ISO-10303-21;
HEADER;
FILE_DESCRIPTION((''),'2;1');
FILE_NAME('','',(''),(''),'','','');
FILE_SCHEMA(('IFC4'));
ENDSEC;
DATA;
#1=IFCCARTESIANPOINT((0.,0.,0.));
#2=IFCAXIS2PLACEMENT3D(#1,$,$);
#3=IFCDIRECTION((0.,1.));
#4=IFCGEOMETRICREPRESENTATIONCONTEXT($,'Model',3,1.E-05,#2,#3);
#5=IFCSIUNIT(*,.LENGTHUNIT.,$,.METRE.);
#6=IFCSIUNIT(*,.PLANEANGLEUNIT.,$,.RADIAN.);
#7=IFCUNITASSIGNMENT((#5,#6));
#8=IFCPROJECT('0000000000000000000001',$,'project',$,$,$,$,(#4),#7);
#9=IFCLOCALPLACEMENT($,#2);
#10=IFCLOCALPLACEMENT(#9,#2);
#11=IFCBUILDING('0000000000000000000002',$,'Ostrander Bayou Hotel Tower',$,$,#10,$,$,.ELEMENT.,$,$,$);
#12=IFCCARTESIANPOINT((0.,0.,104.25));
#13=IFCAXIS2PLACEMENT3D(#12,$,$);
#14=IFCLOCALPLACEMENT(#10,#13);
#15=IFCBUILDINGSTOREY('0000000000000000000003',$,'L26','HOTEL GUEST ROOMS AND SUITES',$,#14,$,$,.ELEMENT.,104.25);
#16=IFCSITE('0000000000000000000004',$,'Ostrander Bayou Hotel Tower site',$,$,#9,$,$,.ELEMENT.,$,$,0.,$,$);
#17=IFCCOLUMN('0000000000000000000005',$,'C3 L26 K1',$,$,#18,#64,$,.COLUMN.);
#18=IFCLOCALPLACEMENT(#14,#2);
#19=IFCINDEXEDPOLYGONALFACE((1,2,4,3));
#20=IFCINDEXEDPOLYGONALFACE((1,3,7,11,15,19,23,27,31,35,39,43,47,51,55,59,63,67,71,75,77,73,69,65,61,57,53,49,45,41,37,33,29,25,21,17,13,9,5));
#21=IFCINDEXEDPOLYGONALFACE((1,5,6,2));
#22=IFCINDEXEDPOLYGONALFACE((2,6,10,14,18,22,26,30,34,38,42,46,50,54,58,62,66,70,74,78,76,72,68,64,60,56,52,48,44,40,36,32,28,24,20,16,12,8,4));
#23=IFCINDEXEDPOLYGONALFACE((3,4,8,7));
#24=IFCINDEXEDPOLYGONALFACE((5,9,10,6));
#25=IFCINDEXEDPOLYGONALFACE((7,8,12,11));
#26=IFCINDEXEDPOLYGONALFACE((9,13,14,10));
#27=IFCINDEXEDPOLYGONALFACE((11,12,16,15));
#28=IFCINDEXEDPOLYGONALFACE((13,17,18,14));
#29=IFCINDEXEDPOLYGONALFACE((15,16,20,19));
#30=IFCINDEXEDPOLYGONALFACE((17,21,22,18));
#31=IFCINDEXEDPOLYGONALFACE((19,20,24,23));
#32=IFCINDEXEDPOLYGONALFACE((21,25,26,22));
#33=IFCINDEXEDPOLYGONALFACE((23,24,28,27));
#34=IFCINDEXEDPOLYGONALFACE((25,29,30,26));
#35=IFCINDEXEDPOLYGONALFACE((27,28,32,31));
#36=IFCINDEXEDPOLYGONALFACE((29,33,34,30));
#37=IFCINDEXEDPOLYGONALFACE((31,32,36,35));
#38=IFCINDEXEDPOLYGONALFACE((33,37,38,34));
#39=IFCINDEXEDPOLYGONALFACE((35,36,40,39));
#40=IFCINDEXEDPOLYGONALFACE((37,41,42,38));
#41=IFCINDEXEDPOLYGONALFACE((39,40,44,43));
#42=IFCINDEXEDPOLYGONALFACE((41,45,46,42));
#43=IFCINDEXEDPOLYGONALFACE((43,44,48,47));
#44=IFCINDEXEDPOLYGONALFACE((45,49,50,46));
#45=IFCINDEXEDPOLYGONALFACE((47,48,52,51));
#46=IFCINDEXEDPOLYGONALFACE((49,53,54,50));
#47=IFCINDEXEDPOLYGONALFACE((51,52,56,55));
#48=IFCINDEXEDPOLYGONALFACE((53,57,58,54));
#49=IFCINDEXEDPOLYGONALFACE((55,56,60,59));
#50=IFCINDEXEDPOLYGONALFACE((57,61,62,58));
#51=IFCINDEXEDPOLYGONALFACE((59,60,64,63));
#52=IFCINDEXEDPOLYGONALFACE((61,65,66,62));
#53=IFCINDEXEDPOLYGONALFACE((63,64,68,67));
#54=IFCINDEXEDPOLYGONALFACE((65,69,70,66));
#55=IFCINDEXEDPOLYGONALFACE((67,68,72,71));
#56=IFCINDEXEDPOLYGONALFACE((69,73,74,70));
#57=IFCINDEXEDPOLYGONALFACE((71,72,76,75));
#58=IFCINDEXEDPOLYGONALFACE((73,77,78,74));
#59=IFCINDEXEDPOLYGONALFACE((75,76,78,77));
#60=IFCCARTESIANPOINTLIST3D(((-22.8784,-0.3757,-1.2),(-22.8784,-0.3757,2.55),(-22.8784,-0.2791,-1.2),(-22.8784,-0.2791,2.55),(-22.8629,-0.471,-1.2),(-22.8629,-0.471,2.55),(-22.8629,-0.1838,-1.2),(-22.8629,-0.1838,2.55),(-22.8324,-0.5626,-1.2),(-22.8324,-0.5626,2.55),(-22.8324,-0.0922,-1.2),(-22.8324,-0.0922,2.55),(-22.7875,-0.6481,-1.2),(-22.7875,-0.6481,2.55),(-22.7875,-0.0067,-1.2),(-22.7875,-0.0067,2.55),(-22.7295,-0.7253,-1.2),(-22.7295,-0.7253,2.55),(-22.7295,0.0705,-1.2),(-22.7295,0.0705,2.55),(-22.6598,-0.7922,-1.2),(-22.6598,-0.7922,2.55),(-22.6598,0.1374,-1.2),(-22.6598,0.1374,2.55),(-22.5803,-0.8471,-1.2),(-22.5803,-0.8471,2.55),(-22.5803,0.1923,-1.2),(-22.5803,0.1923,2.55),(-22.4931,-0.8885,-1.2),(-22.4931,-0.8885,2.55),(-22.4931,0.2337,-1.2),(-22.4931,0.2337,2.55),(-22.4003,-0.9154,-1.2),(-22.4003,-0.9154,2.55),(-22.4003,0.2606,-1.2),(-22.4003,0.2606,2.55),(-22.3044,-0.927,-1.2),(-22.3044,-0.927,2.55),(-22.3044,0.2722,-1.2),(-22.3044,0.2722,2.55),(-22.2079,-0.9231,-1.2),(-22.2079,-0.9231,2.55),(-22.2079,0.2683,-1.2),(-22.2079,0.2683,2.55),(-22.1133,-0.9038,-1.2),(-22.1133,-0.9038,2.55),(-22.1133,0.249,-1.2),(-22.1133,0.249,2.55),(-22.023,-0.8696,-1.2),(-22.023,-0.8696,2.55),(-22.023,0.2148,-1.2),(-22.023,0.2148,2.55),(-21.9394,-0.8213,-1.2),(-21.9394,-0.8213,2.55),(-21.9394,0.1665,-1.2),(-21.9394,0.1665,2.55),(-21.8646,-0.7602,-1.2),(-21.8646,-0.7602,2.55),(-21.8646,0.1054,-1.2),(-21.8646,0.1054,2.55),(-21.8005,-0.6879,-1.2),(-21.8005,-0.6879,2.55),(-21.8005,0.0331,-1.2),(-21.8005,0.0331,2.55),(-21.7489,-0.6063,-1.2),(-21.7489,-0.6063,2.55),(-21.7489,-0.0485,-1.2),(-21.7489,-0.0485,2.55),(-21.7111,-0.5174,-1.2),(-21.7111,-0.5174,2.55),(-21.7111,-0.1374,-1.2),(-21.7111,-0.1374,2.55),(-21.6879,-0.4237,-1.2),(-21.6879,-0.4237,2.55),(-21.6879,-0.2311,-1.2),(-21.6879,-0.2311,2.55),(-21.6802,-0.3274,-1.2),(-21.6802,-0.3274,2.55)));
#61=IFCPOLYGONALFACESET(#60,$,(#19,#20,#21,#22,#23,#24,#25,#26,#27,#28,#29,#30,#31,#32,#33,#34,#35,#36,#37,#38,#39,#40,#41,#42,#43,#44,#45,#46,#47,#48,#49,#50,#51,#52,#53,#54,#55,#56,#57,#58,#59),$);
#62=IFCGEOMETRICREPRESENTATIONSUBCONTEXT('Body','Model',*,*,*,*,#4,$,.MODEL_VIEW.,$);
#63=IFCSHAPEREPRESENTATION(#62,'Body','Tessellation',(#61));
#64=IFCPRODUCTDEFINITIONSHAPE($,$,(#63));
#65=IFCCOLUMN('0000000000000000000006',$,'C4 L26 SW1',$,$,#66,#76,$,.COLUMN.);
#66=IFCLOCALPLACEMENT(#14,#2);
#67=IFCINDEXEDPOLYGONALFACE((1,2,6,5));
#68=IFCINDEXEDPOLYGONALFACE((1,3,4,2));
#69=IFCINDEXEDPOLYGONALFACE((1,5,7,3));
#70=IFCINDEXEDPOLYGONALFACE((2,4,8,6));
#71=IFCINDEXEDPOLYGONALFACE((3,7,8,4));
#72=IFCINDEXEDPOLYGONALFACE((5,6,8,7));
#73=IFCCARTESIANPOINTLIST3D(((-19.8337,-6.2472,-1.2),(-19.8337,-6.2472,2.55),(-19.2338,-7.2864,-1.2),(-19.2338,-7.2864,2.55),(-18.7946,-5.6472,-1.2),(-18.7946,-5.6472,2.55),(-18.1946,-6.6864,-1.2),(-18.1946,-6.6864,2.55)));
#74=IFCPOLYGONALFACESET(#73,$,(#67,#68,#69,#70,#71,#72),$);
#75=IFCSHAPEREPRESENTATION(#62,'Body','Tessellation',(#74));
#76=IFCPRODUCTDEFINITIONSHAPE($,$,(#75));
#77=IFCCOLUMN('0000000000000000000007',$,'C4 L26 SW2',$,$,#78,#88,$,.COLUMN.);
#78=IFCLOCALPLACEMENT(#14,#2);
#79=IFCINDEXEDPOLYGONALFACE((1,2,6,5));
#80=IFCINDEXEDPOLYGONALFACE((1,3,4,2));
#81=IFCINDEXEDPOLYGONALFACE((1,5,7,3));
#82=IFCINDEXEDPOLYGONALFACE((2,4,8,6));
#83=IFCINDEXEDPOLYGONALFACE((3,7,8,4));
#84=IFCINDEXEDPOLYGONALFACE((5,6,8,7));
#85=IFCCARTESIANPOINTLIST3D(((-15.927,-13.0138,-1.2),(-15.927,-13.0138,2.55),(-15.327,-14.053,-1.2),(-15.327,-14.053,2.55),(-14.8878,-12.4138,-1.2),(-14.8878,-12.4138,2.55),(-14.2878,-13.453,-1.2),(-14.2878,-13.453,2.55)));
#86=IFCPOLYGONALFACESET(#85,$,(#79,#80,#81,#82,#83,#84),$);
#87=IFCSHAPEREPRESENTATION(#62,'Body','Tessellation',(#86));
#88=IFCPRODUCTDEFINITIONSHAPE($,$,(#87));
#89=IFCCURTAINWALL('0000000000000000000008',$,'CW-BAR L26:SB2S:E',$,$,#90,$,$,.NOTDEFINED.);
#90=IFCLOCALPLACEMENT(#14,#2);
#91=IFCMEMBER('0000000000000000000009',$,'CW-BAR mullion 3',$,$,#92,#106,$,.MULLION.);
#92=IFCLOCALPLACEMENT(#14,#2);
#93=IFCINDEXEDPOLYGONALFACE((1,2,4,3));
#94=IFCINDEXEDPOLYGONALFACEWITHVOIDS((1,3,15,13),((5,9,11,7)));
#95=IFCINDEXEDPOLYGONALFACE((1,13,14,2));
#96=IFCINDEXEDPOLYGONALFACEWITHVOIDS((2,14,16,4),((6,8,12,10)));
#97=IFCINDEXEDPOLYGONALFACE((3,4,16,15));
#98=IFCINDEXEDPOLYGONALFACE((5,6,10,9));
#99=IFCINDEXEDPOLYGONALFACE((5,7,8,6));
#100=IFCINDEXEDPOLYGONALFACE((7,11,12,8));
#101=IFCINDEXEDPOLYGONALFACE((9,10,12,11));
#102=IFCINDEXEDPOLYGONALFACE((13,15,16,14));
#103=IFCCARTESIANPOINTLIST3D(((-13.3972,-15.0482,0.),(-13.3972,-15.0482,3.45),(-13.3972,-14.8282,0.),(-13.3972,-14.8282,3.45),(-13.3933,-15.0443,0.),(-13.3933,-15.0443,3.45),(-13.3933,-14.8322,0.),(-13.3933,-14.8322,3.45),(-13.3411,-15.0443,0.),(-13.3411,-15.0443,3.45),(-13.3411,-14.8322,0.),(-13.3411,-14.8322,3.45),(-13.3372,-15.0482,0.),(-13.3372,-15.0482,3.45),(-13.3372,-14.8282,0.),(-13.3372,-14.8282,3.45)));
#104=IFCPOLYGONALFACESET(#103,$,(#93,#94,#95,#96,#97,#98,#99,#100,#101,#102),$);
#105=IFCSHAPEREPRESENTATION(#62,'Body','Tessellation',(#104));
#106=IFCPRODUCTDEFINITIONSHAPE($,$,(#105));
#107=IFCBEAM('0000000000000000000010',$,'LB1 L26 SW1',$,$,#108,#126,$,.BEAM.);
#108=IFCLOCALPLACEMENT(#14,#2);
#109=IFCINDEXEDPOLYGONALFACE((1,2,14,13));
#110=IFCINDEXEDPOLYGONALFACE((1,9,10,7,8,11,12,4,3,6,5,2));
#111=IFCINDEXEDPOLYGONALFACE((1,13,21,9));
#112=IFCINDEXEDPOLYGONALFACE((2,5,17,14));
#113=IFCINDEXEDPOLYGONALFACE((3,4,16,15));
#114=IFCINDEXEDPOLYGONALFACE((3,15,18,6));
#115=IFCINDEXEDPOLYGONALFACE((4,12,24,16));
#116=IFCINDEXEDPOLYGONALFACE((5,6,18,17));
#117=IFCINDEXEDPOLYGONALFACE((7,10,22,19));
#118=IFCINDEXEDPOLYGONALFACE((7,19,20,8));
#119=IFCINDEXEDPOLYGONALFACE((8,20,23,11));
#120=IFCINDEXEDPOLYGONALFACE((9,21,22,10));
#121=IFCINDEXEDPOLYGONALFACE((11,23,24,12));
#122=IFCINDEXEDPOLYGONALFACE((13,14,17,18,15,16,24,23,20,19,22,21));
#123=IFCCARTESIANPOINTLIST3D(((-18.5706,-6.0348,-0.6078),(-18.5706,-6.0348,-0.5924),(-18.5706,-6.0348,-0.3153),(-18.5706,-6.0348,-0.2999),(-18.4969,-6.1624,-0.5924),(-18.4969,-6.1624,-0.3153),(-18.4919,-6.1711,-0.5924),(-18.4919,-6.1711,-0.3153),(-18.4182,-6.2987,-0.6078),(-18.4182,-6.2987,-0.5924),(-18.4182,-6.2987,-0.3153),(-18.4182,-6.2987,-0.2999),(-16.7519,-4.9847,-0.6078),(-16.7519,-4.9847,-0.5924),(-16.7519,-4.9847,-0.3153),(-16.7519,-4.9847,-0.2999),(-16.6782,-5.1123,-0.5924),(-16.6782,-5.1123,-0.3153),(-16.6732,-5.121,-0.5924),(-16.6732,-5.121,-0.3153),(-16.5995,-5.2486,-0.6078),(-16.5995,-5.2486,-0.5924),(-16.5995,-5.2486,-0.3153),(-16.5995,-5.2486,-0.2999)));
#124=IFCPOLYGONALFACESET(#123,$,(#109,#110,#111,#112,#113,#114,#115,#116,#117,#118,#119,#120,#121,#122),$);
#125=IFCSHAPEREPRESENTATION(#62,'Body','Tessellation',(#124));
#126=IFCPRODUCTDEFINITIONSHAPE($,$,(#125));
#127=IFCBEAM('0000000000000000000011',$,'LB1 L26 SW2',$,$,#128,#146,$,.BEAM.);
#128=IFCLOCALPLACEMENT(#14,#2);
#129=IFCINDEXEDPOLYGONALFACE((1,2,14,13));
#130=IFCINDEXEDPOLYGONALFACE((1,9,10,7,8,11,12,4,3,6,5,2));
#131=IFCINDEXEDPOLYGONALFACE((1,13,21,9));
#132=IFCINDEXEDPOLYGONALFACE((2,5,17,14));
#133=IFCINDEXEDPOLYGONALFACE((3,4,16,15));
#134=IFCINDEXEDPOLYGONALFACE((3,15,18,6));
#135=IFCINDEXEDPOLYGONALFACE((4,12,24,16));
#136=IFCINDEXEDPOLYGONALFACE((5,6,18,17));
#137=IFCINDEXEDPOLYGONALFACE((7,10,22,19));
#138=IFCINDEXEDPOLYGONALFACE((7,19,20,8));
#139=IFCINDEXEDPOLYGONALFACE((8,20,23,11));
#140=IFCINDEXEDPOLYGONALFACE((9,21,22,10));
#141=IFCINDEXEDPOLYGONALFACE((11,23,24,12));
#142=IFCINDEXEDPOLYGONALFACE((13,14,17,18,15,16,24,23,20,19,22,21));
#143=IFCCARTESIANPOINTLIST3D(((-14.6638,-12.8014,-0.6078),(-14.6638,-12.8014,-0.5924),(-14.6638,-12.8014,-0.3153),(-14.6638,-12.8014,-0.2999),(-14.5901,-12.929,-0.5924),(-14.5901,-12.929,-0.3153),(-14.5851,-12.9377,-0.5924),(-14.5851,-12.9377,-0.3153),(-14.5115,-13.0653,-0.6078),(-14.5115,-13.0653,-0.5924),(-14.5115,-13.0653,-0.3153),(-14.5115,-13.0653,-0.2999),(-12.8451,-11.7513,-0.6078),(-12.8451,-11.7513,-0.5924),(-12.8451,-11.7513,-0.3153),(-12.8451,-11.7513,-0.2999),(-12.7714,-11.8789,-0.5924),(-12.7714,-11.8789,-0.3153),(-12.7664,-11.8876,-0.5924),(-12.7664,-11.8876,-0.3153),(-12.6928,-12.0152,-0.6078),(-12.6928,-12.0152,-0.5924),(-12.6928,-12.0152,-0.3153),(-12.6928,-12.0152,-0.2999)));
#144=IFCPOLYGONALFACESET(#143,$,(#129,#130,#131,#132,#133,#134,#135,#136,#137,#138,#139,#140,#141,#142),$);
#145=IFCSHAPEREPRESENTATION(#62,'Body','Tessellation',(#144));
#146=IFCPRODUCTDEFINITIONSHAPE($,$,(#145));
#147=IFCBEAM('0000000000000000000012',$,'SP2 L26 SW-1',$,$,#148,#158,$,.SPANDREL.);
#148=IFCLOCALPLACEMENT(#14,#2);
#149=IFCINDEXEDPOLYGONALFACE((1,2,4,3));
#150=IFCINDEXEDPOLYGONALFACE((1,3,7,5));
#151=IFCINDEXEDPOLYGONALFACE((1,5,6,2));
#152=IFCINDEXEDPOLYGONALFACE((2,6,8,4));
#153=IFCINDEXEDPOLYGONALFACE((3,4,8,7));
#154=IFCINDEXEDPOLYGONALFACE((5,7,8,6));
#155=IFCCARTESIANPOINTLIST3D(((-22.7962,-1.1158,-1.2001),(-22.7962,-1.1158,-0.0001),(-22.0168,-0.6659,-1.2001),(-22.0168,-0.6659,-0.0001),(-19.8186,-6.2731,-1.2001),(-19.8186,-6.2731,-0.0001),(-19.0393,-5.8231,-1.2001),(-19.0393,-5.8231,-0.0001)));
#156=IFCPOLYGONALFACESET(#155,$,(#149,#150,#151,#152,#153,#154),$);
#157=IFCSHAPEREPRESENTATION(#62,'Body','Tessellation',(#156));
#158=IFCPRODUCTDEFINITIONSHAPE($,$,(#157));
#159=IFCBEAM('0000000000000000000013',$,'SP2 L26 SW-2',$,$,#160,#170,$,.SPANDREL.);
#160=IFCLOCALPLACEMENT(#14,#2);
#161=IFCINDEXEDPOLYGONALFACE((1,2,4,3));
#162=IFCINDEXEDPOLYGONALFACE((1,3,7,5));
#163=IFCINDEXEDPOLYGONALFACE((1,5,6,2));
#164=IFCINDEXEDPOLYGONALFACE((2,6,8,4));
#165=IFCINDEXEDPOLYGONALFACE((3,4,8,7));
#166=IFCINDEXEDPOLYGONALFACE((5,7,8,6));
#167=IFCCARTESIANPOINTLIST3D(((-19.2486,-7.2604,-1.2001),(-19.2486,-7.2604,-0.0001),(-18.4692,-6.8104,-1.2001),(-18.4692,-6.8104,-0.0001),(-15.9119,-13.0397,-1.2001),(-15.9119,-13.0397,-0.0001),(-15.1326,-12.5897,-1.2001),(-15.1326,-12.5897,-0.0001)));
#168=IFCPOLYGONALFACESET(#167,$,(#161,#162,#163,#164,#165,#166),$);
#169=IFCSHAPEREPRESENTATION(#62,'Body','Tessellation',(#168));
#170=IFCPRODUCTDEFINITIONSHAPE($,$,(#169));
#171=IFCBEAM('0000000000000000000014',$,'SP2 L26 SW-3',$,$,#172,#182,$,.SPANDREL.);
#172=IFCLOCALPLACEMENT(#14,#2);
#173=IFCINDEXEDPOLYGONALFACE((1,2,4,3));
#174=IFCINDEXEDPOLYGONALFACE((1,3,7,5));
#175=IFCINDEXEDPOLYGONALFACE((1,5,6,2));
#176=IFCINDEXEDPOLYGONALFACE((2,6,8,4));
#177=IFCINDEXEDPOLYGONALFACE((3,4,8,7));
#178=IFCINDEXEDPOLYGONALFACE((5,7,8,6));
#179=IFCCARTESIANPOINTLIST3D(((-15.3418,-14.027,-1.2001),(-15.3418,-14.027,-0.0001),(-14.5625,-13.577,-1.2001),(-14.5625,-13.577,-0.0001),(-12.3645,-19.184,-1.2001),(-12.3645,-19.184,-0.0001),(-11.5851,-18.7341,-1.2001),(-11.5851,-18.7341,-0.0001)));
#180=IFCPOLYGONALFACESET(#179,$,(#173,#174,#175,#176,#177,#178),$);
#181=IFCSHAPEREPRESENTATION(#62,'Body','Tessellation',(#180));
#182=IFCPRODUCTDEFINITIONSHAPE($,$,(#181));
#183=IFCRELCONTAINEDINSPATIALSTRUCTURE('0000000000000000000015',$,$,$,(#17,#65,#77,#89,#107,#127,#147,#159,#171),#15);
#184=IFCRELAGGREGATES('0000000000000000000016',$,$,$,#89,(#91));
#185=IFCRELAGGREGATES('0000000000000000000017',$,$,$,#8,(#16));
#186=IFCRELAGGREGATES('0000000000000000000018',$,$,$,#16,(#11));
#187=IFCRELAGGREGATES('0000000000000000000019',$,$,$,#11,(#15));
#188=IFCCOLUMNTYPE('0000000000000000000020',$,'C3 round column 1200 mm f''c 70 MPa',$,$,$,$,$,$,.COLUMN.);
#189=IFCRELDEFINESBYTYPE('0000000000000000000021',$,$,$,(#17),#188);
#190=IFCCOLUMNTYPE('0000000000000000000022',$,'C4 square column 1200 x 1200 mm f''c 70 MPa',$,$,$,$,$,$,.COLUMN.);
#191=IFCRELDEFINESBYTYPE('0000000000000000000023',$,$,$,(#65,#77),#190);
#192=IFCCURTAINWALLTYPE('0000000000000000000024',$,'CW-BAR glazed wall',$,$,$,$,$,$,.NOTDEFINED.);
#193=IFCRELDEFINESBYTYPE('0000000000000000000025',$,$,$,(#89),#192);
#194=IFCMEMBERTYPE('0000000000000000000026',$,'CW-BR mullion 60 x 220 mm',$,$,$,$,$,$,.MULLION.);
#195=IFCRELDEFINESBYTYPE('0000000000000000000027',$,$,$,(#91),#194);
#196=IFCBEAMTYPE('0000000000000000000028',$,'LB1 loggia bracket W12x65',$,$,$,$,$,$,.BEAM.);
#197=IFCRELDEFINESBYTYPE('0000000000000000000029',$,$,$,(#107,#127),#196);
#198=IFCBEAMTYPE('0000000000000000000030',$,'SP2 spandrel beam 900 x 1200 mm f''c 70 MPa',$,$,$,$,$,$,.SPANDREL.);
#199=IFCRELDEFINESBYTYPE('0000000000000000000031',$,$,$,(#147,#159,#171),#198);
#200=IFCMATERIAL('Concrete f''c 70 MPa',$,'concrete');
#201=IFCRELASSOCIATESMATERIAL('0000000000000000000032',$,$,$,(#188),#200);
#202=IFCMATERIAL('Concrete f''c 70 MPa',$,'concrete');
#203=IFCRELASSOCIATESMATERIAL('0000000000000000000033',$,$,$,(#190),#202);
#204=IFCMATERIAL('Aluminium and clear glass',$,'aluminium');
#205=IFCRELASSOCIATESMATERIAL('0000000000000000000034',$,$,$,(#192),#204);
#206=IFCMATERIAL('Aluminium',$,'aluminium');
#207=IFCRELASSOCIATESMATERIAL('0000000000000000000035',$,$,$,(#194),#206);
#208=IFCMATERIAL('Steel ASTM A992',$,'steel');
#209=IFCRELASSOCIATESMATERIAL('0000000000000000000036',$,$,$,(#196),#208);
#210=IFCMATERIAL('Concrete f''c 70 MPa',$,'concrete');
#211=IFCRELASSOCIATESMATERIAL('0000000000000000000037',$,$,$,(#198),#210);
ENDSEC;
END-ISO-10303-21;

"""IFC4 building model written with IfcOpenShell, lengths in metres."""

from ifc_helpers import new_model, si_unit, direction, frame, origin, origin_2d, place, context, subcontext, project, spatial, rectangle, hollow_rectangle, circle, i_section, extrude, material, material_profile, profile_set, type_object, element, aggregate, save


model = new_model("IFC4")

# Units and contexts
model_context = context("Model", 3, precision=1e-05, world=origin(), true_north=direction((0.0, 1.0)))
body_context = subcontext(model_context, "Body", "Model", "MODEL_VIEW")
ifc_project = project(units=[si_unit("LENGTHUNIT", "METRE"), si_unit("PLANEANGLEUNIT", "RADIAN")], contexts=[model_context])

# Site, building, storey
site_placement = place(None, origin())
site = spatial("IfcSite", under=ifc_project, at=site_placement, Name="Ostrander Bayou Hotel Tower site", CompositionType="ELEMENT", RefElevation=0.0)
building_placement = place(site_placement, origin())
building = spatial("IfcBuilding", under=site, at=building_placement, Name="Ostrander Bayou Hotel Tower", CompositionType="ELEMENT")
storey_placement = place(building_placement, frame((0.0, 0.0, 104.25)))
storey = spatial("IfcBuildingStorey", under=building, at=storey_placement, Name="L26", Description="HOTEL GUEST ROOMS AND SUITES", CompositionType="ELEMENT", Elevation=104.25)

# Columns
ifc_material_1 = material(Name="Concrete f'c 70 MPa", Category="concrete")
ifc_material_profile_1 = material_profile(ifc_material_1, circle(Radius=0.6001, at=origin_2d()))
ifc_profile_set_1 = profile_set([ifc_material_profile_1], Name="Concrete f'c 70 MPa")
column_type_1 = type_object("IfcColumnType", Name="C3 round column 1200 mm f'c 70 MPa", PredefinedType="COLUMN", material=ifc_profile_set_1)
column_placement = place(storey_placement, frame((-22.2803, -0.3274, -1.2), z_axis=(0.0, 0.0, 1.0), x_axis=(1.0, 0.0, 0.0)))
element("IfcColumn", 1, at=column_placement, inside=storey, type_object=column_type_1, Name="C3 L26 K1", PredefinedType="COLUMN", context=body_context, shape_type="SweptSolid", body=[
    extrude(circle(Radius=0.6001, at=origin_2d()), origin(), (0.0, 0.0, 1.0), 3.75),
])
ifc_material_2 = material(Name="Concrete f'c 70 MPa", Category="concrete")
ifc_material_profile_2 = material_profile(ifc_material_2, rectangle(XDim=1.2, YDim=1.2, at=origin_2d()))
ifc_profile_set_2 = profile_set([ifc_material_profile_2], Name="Concrete f'c 70 MPa")
column_type_2 = type_object("IfcColumnType", Name="C4 square column 1200 x 1200 mm f'c 70 MPa", PredefinedType="COLUMN", material=ifc_profile_set_2)
for number, where, z_axis, x_axis, name in (
    (2, (-19.0142, -6.4668, -1.2), (0.0, 0.0, 1.0), (-0.5, 0.866025, 0.0), "C4 L26 SW1"),
    (3, (-15.1074, -13.2334, -1.2), (0.0, 0.0, 1.0), (-0.5, 0.866025, 0.0), "C4 L26 SW2"),
):
    element("IfcColumn", number, at=place(storey_placement, frame(where, z_axis=z_axis, x_axis=x_axis)), inside=storey, type_object=column_type_2, Name=name, PredefinedType="COLUMN", context=body_context, shape_type="SweptSolid", body=[
        extrude(rectangle(XDim=1.2, YDim=1.2, at=origin_2d()), origin(), (0.0, 0.0, 1.0), 3.75),
    ])

# Curtain wall, member
ifc_material_3 = material(Name="Aluminium and clear glass", Category="aluminium")
curtain_wall_type = type_object("IfcCurtainWallType", Name="CW-BAR glazed wall", PredefinedType="NOTDEFINED", material=ifc_material_3)
curtain_wall_placement = place(storey_placement, origin())
curtain_wall = element("IfcCurtainWall", 4, at=curtain_wall_placement, inside=storey, type_object=curtain_wall_type, Name="CW-BAR L26:SB2S:E", PredefinedType="NOTDEFINED")
ifc_material_4 = material(Name="Aluminium", Category="aluminium")
ifc_material_profile_3 = material_profile(ifc_material_4, hollow_rectangle(XDim=0.0601, YDim=0.22, WallThickness=0.0039, at=origin_2d()))
ifc_profile_set_3 = profile_set([ifc_material_profile_3], Name="Aluminium")
member_type = type_object("IfcMemberType", Name="CW-BR mullion 60 x 220 mm", PredefinedType="MULLION", material=ifc_profile_set_3)
member_placement = place(storey_placement, frame((-13.3672, -14.9382, 0.0), z_axis=(0.0, 0.0, 1.0), x_axis=(1.0, 0.0, 0.0)))
member = element("IfcMember", 5, at=member_placement, type_object=member_type, Name="CW-BAR mullion 3", PredefinedType="MULLION", context=body_context, shape_type="SweptSolid", body=[
    extrude(hollow_rectangle(XDim=0.0601, YDim=0.22, WallThickness=0.0039, at=origin_2d()), origin(), (0.0, 0.0, 1.0), 3.45),
])

# Beams
ifc_material_5 = material(Name="Steel ASTM A992", Category="steel")
ifc_material_profile_4 = material_profile(ifc_material_5, i_section(OverallWidth=0.3047, OverallDepth=0.3079, WebThickness=0.01, FlangeThickness=0.0154, at=origin_2d()))
ifc_profile_set_4 = profile_set([ifc_material_profile_4], Name="Steel ASTM A992")
beam_type_1 = type_object("IfcBeamType", Name="LB1 loggia bracket W12x65", PredefinedType="BEAM", material=ifc_profile_set_4)
for number, where, z_axis, x_axis, name in (
    (6, (-18.4944, -6.1667, -0.4539), (0.866009, 0.500028, 0.0), (-0.500028, 0.866009, 0.0), "LB1 L26 SW1"),
    (7, (-14.5876, -12.9333, -0.4539), (0.866009, 0.500028, 0.0), (-0.500028, 0.866009, 0.0), "LB1 L26 SW2"),
):
    element("IfcBeam", number, at=place(storey_placement, frame(where, z_axis=z_axis, x_axis=x_axis)), inside=storey, type_object=beam_type_1, Name=name, PredefinedType="BEAM", context=body_context, shape_type="SweptSolid", body=[
        extrude(i_section(OverallWidth=0.3047, OverallDepth=0.3079, WebThickness=0.01, FlangeThickness=0.0154, at=origin_2d()), origin(), (0.0, 0.0, 1.0), 2.1001),
    ])
ifc_material_6 = material(Name="Concrete f'c 70 MPa", Category="concrete")
ifc_material_profile_5 = material_profile(ifc_material_6, rectangle(XDim=0.8999, YDim=1.2, at=origin_2d()))
ifc_profile_set_5 = profile_set([ifc_material_profile_5], Name="Concrete f'c 70 MPa")
beam_type_2 = type_object("IfcBeamType", Name="SP2 spandrel beam 900 x 1200 mm f'c 70 MPa", PredefinedType="SPANDREL", material=ifc_profile_set_5)
beam_1_placement = place(storey_placement, frame((-22.4065, -0.8909, -0.6001), z_axis=(0.500002, -0.866024, 0.0), x_axis=(0.866024, 0.500002, 0.0)))
element("IfcBeam", 8, at=beam_1_placement, inside=storey, type_object=beam_type_2, Name="SP2 L26 SW-1", PredefinedType="SPANDREL", context=body_context, shape_type="SweptSolid", body=[
    extrude(rectangle(XDim=0.8999, YDim=1.2, at=origin_2d()), origin(), (0.0, 0.0, 1.0), 5.9551),
])
beam_2_placement = place(storey_placement, frame((-18.8589, -7.0354, -0.6001), z_axis=(0.499999, -0.866026, 0.0), x_axis=(0.866026, 0.499999, 0.0)))
element("IfcBeam", 9, at=beam_2_placement, inside=storey, type_object=beam_type_2, Name="SP2 L26 SW-2", PredefinedType="SPANDREL", context=body_context, shape_type="SweptSolid", body=[
    extrude(rectangle(XDim=0.8999, YDim=1.2, at=origin_2d()), origin(), (0.0, 0.0, 1.0), 6.6733),
])
beam_3_placement = place(storey_placement, frame((-14.9521, -13.802, -0.6001), z_axis=(0.499989, -0.866032, 0.0), x_axis=(0.866032, 0.499989, 0.0)))
element("IfcBeam", 10, at=beam_3_placement, inside=storey, type_object=beam_type_2, Name="SP2 L26 SW-3", PredefinedType="SPANDREL", context=body_context, shape_type="SweptSolid", body=[
    extrude(rectangle(XDim=0.8999, YDim=1.2, at=origin_2d()), origin(), (0.0, 0.0, 1.0), 5.9548),
])

aggregate(curtain_wall, [member])

save(model, "model.ifc")
